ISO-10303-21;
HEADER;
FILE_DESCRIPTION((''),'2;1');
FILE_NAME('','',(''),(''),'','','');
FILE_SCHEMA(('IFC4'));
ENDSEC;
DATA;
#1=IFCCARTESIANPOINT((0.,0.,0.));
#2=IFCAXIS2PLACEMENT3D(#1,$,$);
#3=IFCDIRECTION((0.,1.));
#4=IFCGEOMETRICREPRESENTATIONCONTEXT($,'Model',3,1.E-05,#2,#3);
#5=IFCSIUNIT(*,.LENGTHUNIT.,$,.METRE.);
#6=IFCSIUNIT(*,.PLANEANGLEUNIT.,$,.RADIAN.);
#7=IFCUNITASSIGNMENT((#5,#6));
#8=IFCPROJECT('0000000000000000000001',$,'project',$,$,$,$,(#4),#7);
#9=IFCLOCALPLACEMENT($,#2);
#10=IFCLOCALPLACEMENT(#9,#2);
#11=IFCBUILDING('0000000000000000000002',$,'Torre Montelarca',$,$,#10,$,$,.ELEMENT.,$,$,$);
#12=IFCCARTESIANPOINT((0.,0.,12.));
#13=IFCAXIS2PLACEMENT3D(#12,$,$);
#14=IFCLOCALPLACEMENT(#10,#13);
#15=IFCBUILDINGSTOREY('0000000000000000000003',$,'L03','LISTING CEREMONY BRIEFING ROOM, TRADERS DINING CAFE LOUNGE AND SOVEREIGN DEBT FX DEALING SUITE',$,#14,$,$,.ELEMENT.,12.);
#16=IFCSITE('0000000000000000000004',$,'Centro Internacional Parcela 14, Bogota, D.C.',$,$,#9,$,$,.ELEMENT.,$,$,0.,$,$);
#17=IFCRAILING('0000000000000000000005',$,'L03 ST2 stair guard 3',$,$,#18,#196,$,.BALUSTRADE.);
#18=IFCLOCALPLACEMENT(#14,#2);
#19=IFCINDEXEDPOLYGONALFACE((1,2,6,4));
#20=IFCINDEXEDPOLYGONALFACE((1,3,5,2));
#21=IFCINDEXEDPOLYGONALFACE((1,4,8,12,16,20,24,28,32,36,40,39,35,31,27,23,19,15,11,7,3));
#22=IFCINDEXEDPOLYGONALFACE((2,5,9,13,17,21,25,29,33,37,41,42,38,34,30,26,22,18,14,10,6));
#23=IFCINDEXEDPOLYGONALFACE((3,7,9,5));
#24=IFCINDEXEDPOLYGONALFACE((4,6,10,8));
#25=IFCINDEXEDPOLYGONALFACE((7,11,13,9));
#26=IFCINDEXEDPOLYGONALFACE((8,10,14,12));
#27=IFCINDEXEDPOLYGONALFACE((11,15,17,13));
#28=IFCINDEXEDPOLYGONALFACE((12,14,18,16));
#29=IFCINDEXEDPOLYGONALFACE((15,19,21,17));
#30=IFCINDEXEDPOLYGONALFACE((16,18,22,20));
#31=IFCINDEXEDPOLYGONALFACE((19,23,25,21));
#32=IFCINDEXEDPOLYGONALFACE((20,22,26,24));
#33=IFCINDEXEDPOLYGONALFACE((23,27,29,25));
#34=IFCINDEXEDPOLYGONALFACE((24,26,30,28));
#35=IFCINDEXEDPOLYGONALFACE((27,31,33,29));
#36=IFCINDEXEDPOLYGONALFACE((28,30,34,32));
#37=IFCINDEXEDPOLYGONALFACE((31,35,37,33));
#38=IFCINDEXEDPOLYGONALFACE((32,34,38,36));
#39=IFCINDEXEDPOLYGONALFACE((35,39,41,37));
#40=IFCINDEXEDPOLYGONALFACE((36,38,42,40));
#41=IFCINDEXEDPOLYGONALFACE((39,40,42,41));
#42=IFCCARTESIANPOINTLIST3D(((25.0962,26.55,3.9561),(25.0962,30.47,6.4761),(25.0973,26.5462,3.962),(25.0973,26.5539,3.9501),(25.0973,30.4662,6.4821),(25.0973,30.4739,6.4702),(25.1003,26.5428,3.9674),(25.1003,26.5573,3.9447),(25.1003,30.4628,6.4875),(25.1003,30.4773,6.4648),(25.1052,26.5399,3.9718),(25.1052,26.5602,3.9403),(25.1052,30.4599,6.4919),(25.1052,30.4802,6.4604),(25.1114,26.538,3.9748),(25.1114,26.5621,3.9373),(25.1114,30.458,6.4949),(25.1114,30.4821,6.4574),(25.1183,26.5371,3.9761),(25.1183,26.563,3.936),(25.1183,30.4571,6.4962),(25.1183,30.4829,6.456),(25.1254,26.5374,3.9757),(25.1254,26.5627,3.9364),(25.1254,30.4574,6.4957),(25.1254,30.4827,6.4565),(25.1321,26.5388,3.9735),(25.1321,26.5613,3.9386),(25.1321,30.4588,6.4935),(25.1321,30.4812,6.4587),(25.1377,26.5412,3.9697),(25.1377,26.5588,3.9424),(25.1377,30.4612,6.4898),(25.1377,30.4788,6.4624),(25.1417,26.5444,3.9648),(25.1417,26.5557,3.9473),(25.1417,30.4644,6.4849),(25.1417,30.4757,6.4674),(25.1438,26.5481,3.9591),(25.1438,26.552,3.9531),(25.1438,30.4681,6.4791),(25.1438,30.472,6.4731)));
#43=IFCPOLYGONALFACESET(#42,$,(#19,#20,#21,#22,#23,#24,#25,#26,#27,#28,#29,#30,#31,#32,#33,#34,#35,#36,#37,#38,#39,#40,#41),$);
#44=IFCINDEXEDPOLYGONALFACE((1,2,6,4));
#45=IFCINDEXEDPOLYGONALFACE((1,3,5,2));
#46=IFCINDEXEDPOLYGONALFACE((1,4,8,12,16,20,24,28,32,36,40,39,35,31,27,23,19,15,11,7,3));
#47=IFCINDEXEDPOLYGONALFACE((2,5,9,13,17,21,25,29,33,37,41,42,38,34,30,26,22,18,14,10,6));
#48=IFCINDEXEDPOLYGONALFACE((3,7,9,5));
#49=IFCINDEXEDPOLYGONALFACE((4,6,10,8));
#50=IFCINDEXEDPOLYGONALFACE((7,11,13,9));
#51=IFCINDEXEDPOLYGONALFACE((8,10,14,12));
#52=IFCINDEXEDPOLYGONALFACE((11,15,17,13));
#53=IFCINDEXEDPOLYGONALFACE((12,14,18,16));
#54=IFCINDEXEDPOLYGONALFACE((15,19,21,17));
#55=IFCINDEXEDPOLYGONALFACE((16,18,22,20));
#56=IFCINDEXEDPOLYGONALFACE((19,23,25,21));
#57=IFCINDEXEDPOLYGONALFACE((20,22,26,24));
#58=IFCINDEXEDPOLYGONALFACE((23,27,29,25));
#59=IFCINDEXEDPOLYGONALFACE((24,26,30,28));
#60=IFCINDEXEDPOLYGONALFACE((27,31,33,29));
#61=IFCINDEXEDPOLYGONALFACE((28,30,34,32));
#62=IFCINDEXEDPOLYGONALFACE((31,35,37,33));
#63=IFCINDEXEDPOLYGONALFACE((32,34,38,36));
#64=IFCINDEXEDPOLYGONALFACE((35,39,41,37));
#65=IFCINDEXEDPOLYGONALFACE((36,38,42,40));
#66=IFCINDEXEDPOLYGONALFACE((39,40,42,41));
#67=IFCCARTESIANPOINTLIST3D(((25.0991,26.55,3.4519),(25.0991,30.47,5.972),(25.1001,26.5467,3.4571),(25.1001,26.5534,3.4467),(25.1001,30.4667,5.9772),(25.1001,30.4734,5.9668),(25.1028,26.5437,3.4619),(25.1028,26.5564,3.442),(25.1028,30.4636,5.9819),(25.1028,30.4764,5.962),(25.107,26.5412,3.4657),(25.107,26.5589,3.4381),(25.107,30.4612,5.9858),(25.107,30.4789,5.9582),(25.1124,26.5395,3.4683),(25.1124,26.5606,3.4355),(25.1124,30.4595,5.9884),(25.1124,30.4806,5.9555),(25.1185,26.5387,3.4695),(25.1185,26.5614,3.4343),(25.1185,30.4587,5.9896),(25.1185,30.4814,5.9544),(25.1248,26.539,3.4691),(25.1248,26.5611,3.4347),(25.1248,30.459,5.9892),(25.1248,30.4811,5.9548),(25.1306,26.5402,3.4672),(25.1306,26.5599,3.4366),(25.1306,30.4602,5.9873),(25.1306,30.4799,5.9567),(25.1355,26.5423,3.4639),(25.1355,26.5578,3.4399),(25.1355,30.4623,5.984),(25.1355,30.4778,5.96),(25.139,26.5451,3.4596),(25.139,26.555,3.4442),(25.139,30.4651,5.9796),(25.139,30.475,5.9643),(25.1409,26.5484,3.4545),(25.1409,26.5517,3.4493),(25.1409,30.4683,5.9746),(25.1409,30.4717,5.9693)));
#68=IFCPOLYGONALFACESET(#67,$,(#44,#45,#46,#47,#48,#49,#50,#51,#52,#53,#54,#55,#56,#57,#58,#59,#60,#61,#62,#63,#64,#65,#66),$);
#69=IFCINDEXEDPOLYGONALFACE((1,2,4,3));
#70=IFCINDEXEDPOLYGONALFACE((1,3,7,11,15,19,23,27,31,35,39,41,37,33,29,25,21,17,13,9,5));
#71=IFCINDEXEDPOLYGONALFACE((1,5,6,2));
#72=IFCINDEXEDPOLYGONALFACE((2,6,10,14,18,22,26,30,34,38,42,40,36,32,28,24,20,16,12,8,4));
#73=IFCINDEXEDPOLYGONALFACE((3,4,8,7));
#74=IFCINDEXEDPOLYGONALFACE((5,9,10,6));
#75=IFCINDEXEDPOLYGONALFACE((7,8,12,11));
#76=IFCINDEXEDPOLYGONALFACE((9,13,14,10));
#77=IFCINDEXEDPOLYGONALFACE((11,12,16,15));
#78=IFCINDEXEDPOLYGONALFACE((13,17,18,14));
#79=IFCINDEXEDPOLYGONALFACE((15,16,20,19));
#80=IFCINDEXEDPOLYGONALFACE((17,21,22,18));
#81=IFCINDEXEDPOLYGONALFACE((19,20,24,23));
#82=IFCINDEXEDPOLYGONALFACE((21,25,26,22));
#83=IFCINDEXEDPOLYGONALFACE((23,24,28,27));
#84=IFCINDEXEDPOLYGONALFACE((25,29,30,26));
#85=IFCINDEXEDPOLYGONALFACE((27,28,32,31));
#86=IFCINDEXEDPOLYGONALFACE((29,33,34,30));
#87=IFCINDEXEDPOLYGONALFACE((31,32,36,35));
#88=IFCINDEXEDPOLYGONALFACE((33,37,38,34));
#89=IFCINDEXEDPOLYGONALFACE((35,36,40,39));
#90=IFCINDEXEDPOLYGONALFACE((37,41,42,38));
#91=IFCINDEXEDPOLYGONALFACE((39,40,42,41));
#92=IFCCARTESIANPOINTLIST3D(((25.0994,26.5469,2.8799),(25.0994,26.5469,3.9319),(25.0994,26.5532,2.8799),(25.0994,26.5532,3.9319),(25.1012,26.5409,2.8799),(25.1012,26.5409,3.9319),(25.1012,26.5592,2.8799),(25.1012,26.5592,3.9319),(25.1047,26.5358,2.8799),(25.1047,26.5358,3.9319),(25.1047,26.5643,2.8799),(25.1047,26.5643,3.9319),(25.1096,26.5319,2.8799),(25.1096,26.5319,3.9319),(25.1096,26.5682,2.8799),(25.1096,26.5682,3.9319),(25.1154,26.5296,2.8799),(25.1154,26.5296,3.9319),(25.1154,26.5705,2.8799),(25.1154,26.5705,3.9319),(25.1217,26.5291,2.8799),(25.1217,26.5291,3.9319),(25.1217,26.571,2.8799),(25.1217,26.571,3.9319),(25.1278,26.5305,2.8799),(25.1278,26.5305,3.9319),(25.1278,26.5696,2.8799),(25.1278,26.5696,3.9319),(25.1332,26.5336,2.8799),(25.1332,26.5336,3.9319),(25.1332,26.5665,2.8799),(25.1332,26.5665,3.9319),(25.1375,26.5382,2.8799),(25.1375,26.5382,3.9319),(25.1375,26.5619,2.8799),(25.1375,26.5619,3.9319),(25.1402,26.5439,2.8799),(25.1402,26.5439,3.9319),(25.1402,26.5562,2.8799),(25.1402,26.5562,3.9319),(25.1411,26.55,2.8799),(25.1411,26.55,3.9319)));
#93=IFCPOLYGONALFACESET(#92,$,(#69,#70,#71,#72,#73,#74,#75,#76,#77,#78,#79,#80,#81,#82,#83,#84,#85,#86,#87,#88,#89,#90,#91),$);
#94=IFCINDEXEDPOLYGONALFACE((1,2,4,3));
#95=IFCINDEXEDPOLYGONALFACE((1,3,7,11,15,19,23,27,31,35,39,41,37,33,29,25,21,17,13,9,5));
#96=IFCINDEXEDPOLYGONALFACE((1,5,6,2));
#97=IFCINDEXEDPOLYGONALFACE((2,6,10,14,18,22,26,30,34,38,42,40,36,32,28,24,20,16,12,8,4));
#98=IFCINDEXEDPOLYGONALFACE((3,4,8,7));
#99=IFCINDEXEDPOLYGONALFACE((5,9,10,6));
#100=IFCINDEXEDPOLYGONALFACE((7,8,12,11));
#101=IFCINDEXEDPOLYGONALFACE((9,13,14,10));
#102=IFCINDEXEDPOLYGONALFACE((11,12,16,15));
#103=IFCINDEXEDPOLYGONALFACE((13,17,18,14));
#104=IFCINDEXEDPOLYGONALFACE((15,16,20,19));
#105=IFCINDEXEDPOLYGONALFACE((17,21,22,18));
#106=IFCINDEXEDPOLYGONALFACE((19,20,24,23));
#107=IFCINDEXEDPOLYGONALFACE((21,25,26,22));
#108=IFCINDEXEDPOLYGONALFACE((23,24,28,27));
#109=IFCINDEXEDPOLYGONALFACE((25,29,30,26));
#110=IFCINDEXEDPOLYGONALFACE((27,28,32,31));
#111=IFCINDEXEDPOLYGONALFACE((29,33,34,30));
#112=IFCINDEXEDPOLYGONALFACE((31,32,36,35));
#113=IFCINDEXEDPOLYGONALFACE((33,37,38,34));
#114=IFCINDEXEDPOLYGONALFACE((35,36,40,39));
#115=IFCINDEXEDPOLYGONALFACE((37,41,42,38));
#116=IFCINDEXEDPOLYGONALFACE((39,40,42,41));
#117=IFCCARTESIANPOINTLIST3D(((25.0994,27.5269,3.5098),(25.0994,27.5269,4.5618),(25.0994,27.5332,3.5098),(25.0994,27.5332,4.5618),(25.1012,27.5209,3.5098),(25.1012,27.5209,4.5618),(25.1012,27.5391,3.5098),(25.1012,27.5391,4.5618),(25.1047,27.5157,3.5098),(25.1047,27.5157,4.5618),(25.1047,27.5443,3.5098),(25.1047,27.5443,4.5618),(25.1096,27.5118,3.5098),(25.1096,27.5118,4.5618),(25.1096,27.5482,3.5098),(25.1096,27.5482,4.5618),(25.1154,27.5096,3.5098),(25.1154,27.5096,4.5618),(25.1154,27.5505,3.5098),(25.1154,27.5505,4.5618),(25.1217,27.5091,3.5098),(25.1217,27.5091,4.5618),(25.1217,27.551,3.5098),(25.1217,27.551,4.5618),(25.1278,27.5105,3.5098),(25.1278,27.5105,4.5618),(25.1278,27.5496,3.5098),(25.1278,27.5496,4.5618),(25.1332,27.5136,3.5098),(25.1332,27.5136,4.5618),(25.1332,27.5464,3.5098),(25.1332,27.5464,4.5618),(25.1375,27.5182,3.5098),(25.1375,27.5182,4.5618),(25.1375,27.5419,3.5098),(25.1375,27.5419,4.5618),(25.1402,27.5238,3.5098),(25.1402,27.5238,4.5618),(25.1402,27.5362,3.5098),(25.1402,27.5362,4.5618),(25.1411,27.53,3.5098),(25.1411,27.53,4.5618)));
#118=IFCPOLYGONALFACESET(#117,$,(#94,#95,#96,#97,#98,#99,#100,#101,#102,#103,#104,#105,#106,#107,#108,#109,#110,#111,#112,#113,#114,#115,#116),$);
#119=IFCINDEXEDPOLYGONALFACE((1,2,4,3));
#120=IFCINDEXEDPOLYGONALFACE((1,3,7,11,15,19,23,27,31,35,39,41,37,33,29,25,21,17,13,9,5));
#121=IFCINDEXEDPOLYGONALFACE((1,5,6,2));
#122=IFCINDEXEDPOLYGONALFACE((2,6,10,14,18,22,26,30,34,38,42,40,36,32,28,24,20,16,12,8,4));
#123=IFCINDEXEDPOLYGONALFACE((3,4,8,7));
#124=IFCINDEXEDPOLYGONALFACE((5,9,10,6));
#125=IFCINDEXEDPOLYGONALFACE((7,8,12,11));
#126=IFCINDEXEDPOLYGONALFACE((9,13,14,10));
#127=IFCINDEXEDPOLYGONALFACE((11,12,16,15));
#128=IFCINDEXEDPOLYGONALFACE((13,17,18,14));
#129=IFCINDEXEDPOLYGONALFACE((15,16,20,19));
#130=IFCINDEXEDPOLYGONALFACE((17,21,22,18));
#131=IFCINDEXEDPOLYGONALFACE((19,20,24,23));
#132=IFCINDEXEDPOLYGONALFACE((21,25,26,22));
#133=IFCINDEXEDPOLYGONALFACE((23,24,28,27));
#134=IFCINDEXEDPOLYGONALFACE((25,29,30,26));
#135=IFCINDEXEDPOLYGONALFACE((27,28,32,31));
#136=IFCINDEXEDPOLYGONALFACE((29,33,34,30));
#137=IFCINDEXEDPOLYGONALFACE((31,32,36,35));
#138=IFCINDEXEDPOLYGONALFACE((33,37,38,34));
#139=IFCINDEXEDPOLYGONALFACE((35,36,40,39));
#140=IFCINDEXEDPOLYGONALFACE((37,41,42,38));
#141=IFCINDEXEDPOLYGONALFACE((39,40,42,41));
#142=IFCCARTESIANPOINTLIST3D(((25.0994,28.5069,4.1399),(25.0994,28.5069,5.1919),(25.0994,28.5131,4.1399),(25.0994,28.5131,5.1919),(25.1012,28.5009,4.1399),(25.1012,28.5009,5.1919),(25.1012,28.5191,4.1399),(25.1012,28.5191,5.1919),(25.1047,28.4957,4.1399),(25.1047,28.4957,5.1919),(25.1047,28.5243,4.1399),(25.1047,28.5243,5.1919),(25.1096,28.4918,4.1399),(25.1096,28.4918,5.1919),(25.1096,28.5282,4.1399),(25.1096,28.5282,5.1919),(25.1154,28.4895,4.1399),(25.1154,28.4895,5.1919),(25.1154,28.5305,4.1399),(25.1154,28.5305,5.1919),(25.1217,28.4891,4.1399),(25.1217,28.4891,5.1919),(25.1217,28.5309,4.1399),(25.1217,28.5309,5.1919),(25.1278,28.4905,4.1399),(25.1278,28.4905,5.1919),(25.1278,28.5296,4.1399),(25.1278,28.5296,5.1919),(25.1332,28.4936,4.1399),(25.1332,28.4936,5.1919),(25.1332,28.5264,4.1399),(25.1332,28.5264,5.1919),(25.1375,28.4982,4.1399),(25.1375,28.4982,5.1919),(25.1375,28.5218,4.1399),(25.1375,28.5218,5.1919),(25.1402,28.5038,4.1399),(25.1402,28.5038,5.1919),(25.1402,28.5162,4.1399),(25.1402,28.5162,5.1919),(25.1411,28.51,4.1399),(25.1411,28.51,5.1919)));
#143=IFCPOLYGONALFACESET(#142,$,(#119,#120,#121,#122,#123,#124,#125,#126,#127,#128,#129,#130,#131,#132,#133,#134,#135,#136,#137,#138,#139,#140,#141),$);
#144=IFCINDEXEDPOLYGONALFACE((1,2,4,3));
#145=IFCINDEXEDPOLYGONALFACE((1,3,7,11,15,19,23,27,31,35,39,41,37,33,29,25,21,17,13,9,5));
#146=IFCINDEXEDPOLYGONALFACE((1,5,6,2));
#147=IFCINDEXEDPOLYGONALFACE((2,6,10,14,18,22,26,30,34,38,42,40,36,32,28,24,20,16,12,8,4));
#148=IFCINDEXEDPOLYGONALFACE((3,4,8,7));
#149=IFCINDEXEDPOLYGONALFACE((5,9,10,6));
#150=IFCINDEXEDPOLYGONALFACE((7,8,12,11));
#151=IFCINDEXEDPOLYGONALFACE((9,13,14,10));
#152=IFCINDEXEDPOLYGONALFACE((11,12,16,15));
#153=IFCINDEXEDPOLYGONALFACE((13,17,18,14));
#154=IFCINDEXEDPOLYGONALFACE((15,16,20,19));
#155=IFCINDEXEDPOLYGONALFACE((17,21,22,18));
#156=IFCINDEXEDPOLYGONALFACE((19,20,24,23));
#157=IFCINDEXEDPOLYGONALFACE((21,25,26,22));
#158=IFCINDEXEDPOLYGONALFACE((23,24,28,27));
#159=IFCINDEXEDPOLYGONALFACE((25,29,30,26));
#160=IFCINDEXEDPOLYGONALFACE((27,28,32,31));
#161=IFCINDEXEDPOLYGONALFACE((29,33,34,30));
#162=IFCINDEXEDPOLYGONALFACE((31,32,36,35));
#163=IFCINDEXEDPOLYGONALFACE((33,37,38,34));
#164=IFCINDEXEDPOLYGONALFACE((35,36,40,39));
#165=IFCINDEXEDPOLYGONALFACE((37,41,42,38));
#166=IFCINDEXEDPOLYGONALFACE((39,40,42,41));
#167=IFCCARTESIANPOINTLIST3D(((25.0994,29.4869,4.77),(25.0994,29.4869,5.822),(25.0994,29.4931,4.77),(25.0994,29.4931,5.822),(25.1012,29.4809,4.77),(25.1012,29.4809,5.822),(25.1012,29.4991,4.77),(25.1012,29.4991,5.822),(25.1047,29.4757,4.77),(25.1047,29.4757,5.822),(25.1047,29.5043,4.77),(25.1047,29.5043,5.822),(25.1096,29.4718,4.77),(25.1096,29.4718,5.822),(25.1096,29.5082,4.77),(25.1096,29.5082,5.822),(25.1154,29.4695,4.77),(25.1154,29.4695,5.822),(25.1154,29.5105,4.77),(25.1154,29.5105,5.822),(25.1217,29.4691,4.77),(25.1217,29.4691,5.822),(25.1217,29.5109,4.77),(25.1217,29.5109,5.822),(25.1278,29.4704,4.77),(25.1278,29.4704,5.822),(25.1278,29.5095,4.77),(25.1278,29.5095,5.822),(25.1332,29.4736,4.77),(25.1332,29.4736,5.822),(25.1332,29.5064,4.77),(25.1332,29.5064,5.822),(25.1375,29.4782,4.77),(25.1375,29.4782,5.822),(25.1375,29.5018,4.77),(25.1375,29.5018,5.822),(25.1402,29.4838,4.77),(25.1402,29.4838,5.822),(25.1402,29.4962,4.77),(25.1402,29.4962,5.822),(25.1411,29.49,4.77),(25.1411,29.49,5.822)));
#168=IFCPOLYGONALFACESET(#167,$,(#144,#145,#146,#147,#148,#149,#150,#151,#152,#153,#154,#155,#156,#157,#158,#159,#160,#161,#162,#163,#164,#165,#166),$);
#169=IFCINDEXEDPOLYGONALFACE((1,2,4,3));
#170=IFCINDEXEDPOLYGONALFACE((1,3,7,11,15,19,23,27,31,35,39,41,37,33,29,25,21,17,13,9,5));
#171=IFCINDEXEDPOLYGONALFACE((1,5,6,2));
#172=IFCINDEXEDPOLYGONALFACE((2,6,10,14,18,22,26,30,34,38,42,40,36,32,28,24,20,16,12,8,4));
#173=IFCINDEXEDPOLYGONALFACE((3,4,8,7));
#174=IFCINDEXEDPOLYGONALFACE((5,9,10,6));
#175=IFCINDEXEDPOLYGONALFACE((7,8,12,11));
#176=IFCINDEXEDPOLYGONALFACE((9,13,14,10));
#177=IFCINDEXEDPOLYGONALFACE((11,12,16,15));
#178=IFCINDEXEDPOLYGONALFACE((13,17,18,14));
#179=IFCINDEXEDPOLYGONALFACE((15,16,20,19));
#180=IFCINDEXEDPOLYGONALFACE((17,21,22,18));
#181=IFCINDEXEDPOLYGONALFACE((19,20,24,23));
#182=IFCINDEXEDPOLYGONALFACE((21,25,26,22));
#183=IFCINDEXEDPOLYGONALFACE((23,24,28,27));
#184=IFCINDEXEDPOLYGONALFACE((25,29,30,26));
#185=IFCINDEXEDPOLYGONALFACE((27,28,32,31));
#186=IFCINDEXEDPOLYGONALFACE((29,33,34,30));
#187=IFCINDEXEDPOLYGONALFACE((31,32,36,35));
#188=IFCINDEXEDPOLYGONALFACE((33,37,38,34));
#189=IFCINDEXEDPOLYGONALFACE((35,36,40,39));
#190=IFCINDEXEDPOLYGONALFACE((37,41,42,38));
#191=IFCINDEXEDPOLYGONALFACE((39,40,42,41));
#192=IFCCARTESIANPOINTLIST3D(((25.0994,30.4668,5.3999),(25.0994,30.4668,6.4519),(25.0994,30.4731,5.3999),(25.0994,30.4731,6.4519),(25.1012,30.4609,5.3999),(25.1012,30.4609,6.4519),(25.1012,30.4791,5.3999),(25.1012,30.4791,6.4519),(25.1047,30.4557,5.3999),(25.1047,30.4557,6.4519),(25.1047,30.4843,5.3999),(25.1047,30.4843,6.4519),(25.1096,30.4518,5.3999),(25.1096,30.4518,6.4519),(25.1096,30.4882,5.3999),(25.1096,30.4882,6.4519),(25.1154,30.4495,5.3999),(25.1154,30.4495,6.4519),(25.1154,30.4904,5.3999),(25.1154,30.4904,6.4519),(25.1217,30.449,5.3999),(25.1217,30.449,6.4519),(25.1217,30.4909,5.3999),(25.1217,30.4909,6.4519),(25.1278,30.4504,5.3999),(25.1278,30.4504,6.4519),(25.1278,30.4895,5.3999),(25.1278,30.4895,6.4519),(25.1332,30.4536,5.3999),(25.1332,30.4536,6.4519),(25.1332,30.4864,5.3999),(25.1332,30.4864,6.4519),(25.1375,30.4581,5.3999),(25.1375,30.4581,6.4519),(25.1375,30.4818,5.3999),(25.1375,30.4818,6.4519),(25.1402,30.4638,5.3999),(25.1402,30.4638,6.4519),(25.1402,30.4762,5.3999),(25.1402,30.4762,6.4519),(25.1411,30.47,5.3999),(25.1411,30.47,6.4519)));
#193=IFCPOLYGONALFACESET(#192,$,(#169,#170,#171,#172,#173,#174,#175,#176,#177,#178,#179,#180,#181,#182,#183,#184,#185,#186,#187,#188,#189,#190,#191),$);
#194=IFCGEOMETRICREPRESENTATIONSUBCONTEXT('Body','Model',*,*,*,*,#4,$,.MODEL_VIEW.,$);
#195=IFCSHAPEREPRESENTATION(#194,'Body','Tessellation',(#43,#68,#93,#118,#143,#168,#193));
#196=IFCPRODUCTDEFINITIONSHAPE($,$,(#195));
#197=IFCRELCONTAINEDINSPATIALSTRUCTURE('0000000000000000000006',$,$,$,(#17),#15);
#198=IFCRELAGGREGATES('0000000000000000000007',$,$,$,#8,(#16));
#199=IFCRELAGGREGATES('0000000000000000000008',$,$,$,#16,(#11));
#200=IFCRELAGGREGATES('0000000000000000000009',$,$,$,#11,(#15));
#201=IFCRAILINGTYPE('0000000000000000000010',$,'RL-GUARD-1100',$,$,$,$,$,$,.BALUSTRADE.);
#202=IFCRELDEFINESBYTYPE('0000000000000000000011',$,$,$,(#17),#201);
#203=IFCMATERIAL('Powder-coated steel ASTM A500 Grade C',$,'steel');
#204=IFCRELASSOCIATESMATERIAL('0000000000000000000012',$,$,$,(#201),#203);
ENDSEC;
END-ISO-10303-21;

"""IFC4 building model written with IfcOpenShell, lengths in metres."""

from ifc_helpers import new_model, si_unit, direction, frame, origin, origin_2d, place, context, subcontext, project, spatial, circle, extrude, material, type_object, element, save


model = new_model("IFC4")

# Units and contexts
model_context = context("Model", 3, precision=1e-05, world=origin(), true_north=direction((0.0, 1.0)))
body_context = subcontext(model_context, "Body", "Model", "MODEL_VIEW")
ifc_project = project(units=[si_unit("LENGTHUNIT", "METRE"), si_unit("PLANEANGLEUNIT", "RADIAN")], contexts=[model_context])

# Site, building, storey
site_placement = place(None, origin())
site = spatial("IfcSite", under=ifc_project, at=site_placement, Name="Centro Internacional Parcela 14, Bogota, D.C.", CompositionType="ELEMENT", RefElevation=0.0)
building_placement = place(site_placement, origin())
building = spatial("IfcBuilding", under=site, at=building_placement, Name="Torre Montelarca", CompositionType="ELEMENT")
storey_placement = place(building_placement, frame((0.0, 0.0, 12.0)))
storey = spatial("IfcBuildingStorey", under=building, at=storey_placement, Name="L03", Description="LISTING CEREMONY BRIEFING ROOM, TRADERS DINING CAFE LOUNGE AND SOVEREIGN DEBT FX DEALING SUITE", CompositionType="ELEMENT", Elevation=12.0)

# Railing
ifc_material_1 = material(Name="Powder-coated steel ASTM A500 Grade C", Category="steel")
railing_type_1 = type_object("IfcRailingType", Name="RL-GUARD-1100", PredefinedType="BALUSTRADE", material=ifc_material_1)
railing_1_placement = place(storey_placement, frame((25.1201, 26.55, 2.8799)))
element("IfcRailing", 1, at=railing_1_placement, inside=storey, type_object=railing_type_1, Name="L03 ST2 stair guard 3", PredefinedType="BALUSTRADE", context=body_context, shape_type="SweptSolid", body=[
    extrude(circle(Radius=0.0239, at=origin_2d()), frame((0.0, 0.0, 1.0762), z_axis=(0.0, 0.841172, 0.540768), x_axis=(-1.0, 0.0, 0.0)), (0.0, 0.0, 1.0), 4.6602),
    extrude(circle(Radius=0.021, at=origin_2d()), frame((0.0, 0.0, 0.572), z_axis=(0.0, 0.841172, 0.540768), x_axis=(-1.0, 0.0, 0.0)), (0.0, 0.0, 1.0), 4.6602),
    extrude(circle(Radius=0.021, at=origin_2d()), origin(), (0.0, 0.0, 1.0), 1.052),
    extrude(circle(Radius=0.021, at=origin_2d()), frame((0.0, 0.98, 0.6299)), (0.0, 0.0, 1.0), 1.052),
    extrude(circle(Radius=0.021, at=origin_2d()), frame((0.0, 1.96, 1.26)), (0.0, 0.0, 1.0), 1.052),
    extrude(circle(Radius=0.021, at=origin_2d()), frame((0.0, 2.9399, 1.8901)), (0.0, 0.0, 1.0), 1.052),
    extrude(circle(Radius=0.021, at=origin_2d()), frame((0.0, 3.9199, 2.52)), (0.0, 0.0, 1.0), 1.052),
])

save(model, "model.ifc")
